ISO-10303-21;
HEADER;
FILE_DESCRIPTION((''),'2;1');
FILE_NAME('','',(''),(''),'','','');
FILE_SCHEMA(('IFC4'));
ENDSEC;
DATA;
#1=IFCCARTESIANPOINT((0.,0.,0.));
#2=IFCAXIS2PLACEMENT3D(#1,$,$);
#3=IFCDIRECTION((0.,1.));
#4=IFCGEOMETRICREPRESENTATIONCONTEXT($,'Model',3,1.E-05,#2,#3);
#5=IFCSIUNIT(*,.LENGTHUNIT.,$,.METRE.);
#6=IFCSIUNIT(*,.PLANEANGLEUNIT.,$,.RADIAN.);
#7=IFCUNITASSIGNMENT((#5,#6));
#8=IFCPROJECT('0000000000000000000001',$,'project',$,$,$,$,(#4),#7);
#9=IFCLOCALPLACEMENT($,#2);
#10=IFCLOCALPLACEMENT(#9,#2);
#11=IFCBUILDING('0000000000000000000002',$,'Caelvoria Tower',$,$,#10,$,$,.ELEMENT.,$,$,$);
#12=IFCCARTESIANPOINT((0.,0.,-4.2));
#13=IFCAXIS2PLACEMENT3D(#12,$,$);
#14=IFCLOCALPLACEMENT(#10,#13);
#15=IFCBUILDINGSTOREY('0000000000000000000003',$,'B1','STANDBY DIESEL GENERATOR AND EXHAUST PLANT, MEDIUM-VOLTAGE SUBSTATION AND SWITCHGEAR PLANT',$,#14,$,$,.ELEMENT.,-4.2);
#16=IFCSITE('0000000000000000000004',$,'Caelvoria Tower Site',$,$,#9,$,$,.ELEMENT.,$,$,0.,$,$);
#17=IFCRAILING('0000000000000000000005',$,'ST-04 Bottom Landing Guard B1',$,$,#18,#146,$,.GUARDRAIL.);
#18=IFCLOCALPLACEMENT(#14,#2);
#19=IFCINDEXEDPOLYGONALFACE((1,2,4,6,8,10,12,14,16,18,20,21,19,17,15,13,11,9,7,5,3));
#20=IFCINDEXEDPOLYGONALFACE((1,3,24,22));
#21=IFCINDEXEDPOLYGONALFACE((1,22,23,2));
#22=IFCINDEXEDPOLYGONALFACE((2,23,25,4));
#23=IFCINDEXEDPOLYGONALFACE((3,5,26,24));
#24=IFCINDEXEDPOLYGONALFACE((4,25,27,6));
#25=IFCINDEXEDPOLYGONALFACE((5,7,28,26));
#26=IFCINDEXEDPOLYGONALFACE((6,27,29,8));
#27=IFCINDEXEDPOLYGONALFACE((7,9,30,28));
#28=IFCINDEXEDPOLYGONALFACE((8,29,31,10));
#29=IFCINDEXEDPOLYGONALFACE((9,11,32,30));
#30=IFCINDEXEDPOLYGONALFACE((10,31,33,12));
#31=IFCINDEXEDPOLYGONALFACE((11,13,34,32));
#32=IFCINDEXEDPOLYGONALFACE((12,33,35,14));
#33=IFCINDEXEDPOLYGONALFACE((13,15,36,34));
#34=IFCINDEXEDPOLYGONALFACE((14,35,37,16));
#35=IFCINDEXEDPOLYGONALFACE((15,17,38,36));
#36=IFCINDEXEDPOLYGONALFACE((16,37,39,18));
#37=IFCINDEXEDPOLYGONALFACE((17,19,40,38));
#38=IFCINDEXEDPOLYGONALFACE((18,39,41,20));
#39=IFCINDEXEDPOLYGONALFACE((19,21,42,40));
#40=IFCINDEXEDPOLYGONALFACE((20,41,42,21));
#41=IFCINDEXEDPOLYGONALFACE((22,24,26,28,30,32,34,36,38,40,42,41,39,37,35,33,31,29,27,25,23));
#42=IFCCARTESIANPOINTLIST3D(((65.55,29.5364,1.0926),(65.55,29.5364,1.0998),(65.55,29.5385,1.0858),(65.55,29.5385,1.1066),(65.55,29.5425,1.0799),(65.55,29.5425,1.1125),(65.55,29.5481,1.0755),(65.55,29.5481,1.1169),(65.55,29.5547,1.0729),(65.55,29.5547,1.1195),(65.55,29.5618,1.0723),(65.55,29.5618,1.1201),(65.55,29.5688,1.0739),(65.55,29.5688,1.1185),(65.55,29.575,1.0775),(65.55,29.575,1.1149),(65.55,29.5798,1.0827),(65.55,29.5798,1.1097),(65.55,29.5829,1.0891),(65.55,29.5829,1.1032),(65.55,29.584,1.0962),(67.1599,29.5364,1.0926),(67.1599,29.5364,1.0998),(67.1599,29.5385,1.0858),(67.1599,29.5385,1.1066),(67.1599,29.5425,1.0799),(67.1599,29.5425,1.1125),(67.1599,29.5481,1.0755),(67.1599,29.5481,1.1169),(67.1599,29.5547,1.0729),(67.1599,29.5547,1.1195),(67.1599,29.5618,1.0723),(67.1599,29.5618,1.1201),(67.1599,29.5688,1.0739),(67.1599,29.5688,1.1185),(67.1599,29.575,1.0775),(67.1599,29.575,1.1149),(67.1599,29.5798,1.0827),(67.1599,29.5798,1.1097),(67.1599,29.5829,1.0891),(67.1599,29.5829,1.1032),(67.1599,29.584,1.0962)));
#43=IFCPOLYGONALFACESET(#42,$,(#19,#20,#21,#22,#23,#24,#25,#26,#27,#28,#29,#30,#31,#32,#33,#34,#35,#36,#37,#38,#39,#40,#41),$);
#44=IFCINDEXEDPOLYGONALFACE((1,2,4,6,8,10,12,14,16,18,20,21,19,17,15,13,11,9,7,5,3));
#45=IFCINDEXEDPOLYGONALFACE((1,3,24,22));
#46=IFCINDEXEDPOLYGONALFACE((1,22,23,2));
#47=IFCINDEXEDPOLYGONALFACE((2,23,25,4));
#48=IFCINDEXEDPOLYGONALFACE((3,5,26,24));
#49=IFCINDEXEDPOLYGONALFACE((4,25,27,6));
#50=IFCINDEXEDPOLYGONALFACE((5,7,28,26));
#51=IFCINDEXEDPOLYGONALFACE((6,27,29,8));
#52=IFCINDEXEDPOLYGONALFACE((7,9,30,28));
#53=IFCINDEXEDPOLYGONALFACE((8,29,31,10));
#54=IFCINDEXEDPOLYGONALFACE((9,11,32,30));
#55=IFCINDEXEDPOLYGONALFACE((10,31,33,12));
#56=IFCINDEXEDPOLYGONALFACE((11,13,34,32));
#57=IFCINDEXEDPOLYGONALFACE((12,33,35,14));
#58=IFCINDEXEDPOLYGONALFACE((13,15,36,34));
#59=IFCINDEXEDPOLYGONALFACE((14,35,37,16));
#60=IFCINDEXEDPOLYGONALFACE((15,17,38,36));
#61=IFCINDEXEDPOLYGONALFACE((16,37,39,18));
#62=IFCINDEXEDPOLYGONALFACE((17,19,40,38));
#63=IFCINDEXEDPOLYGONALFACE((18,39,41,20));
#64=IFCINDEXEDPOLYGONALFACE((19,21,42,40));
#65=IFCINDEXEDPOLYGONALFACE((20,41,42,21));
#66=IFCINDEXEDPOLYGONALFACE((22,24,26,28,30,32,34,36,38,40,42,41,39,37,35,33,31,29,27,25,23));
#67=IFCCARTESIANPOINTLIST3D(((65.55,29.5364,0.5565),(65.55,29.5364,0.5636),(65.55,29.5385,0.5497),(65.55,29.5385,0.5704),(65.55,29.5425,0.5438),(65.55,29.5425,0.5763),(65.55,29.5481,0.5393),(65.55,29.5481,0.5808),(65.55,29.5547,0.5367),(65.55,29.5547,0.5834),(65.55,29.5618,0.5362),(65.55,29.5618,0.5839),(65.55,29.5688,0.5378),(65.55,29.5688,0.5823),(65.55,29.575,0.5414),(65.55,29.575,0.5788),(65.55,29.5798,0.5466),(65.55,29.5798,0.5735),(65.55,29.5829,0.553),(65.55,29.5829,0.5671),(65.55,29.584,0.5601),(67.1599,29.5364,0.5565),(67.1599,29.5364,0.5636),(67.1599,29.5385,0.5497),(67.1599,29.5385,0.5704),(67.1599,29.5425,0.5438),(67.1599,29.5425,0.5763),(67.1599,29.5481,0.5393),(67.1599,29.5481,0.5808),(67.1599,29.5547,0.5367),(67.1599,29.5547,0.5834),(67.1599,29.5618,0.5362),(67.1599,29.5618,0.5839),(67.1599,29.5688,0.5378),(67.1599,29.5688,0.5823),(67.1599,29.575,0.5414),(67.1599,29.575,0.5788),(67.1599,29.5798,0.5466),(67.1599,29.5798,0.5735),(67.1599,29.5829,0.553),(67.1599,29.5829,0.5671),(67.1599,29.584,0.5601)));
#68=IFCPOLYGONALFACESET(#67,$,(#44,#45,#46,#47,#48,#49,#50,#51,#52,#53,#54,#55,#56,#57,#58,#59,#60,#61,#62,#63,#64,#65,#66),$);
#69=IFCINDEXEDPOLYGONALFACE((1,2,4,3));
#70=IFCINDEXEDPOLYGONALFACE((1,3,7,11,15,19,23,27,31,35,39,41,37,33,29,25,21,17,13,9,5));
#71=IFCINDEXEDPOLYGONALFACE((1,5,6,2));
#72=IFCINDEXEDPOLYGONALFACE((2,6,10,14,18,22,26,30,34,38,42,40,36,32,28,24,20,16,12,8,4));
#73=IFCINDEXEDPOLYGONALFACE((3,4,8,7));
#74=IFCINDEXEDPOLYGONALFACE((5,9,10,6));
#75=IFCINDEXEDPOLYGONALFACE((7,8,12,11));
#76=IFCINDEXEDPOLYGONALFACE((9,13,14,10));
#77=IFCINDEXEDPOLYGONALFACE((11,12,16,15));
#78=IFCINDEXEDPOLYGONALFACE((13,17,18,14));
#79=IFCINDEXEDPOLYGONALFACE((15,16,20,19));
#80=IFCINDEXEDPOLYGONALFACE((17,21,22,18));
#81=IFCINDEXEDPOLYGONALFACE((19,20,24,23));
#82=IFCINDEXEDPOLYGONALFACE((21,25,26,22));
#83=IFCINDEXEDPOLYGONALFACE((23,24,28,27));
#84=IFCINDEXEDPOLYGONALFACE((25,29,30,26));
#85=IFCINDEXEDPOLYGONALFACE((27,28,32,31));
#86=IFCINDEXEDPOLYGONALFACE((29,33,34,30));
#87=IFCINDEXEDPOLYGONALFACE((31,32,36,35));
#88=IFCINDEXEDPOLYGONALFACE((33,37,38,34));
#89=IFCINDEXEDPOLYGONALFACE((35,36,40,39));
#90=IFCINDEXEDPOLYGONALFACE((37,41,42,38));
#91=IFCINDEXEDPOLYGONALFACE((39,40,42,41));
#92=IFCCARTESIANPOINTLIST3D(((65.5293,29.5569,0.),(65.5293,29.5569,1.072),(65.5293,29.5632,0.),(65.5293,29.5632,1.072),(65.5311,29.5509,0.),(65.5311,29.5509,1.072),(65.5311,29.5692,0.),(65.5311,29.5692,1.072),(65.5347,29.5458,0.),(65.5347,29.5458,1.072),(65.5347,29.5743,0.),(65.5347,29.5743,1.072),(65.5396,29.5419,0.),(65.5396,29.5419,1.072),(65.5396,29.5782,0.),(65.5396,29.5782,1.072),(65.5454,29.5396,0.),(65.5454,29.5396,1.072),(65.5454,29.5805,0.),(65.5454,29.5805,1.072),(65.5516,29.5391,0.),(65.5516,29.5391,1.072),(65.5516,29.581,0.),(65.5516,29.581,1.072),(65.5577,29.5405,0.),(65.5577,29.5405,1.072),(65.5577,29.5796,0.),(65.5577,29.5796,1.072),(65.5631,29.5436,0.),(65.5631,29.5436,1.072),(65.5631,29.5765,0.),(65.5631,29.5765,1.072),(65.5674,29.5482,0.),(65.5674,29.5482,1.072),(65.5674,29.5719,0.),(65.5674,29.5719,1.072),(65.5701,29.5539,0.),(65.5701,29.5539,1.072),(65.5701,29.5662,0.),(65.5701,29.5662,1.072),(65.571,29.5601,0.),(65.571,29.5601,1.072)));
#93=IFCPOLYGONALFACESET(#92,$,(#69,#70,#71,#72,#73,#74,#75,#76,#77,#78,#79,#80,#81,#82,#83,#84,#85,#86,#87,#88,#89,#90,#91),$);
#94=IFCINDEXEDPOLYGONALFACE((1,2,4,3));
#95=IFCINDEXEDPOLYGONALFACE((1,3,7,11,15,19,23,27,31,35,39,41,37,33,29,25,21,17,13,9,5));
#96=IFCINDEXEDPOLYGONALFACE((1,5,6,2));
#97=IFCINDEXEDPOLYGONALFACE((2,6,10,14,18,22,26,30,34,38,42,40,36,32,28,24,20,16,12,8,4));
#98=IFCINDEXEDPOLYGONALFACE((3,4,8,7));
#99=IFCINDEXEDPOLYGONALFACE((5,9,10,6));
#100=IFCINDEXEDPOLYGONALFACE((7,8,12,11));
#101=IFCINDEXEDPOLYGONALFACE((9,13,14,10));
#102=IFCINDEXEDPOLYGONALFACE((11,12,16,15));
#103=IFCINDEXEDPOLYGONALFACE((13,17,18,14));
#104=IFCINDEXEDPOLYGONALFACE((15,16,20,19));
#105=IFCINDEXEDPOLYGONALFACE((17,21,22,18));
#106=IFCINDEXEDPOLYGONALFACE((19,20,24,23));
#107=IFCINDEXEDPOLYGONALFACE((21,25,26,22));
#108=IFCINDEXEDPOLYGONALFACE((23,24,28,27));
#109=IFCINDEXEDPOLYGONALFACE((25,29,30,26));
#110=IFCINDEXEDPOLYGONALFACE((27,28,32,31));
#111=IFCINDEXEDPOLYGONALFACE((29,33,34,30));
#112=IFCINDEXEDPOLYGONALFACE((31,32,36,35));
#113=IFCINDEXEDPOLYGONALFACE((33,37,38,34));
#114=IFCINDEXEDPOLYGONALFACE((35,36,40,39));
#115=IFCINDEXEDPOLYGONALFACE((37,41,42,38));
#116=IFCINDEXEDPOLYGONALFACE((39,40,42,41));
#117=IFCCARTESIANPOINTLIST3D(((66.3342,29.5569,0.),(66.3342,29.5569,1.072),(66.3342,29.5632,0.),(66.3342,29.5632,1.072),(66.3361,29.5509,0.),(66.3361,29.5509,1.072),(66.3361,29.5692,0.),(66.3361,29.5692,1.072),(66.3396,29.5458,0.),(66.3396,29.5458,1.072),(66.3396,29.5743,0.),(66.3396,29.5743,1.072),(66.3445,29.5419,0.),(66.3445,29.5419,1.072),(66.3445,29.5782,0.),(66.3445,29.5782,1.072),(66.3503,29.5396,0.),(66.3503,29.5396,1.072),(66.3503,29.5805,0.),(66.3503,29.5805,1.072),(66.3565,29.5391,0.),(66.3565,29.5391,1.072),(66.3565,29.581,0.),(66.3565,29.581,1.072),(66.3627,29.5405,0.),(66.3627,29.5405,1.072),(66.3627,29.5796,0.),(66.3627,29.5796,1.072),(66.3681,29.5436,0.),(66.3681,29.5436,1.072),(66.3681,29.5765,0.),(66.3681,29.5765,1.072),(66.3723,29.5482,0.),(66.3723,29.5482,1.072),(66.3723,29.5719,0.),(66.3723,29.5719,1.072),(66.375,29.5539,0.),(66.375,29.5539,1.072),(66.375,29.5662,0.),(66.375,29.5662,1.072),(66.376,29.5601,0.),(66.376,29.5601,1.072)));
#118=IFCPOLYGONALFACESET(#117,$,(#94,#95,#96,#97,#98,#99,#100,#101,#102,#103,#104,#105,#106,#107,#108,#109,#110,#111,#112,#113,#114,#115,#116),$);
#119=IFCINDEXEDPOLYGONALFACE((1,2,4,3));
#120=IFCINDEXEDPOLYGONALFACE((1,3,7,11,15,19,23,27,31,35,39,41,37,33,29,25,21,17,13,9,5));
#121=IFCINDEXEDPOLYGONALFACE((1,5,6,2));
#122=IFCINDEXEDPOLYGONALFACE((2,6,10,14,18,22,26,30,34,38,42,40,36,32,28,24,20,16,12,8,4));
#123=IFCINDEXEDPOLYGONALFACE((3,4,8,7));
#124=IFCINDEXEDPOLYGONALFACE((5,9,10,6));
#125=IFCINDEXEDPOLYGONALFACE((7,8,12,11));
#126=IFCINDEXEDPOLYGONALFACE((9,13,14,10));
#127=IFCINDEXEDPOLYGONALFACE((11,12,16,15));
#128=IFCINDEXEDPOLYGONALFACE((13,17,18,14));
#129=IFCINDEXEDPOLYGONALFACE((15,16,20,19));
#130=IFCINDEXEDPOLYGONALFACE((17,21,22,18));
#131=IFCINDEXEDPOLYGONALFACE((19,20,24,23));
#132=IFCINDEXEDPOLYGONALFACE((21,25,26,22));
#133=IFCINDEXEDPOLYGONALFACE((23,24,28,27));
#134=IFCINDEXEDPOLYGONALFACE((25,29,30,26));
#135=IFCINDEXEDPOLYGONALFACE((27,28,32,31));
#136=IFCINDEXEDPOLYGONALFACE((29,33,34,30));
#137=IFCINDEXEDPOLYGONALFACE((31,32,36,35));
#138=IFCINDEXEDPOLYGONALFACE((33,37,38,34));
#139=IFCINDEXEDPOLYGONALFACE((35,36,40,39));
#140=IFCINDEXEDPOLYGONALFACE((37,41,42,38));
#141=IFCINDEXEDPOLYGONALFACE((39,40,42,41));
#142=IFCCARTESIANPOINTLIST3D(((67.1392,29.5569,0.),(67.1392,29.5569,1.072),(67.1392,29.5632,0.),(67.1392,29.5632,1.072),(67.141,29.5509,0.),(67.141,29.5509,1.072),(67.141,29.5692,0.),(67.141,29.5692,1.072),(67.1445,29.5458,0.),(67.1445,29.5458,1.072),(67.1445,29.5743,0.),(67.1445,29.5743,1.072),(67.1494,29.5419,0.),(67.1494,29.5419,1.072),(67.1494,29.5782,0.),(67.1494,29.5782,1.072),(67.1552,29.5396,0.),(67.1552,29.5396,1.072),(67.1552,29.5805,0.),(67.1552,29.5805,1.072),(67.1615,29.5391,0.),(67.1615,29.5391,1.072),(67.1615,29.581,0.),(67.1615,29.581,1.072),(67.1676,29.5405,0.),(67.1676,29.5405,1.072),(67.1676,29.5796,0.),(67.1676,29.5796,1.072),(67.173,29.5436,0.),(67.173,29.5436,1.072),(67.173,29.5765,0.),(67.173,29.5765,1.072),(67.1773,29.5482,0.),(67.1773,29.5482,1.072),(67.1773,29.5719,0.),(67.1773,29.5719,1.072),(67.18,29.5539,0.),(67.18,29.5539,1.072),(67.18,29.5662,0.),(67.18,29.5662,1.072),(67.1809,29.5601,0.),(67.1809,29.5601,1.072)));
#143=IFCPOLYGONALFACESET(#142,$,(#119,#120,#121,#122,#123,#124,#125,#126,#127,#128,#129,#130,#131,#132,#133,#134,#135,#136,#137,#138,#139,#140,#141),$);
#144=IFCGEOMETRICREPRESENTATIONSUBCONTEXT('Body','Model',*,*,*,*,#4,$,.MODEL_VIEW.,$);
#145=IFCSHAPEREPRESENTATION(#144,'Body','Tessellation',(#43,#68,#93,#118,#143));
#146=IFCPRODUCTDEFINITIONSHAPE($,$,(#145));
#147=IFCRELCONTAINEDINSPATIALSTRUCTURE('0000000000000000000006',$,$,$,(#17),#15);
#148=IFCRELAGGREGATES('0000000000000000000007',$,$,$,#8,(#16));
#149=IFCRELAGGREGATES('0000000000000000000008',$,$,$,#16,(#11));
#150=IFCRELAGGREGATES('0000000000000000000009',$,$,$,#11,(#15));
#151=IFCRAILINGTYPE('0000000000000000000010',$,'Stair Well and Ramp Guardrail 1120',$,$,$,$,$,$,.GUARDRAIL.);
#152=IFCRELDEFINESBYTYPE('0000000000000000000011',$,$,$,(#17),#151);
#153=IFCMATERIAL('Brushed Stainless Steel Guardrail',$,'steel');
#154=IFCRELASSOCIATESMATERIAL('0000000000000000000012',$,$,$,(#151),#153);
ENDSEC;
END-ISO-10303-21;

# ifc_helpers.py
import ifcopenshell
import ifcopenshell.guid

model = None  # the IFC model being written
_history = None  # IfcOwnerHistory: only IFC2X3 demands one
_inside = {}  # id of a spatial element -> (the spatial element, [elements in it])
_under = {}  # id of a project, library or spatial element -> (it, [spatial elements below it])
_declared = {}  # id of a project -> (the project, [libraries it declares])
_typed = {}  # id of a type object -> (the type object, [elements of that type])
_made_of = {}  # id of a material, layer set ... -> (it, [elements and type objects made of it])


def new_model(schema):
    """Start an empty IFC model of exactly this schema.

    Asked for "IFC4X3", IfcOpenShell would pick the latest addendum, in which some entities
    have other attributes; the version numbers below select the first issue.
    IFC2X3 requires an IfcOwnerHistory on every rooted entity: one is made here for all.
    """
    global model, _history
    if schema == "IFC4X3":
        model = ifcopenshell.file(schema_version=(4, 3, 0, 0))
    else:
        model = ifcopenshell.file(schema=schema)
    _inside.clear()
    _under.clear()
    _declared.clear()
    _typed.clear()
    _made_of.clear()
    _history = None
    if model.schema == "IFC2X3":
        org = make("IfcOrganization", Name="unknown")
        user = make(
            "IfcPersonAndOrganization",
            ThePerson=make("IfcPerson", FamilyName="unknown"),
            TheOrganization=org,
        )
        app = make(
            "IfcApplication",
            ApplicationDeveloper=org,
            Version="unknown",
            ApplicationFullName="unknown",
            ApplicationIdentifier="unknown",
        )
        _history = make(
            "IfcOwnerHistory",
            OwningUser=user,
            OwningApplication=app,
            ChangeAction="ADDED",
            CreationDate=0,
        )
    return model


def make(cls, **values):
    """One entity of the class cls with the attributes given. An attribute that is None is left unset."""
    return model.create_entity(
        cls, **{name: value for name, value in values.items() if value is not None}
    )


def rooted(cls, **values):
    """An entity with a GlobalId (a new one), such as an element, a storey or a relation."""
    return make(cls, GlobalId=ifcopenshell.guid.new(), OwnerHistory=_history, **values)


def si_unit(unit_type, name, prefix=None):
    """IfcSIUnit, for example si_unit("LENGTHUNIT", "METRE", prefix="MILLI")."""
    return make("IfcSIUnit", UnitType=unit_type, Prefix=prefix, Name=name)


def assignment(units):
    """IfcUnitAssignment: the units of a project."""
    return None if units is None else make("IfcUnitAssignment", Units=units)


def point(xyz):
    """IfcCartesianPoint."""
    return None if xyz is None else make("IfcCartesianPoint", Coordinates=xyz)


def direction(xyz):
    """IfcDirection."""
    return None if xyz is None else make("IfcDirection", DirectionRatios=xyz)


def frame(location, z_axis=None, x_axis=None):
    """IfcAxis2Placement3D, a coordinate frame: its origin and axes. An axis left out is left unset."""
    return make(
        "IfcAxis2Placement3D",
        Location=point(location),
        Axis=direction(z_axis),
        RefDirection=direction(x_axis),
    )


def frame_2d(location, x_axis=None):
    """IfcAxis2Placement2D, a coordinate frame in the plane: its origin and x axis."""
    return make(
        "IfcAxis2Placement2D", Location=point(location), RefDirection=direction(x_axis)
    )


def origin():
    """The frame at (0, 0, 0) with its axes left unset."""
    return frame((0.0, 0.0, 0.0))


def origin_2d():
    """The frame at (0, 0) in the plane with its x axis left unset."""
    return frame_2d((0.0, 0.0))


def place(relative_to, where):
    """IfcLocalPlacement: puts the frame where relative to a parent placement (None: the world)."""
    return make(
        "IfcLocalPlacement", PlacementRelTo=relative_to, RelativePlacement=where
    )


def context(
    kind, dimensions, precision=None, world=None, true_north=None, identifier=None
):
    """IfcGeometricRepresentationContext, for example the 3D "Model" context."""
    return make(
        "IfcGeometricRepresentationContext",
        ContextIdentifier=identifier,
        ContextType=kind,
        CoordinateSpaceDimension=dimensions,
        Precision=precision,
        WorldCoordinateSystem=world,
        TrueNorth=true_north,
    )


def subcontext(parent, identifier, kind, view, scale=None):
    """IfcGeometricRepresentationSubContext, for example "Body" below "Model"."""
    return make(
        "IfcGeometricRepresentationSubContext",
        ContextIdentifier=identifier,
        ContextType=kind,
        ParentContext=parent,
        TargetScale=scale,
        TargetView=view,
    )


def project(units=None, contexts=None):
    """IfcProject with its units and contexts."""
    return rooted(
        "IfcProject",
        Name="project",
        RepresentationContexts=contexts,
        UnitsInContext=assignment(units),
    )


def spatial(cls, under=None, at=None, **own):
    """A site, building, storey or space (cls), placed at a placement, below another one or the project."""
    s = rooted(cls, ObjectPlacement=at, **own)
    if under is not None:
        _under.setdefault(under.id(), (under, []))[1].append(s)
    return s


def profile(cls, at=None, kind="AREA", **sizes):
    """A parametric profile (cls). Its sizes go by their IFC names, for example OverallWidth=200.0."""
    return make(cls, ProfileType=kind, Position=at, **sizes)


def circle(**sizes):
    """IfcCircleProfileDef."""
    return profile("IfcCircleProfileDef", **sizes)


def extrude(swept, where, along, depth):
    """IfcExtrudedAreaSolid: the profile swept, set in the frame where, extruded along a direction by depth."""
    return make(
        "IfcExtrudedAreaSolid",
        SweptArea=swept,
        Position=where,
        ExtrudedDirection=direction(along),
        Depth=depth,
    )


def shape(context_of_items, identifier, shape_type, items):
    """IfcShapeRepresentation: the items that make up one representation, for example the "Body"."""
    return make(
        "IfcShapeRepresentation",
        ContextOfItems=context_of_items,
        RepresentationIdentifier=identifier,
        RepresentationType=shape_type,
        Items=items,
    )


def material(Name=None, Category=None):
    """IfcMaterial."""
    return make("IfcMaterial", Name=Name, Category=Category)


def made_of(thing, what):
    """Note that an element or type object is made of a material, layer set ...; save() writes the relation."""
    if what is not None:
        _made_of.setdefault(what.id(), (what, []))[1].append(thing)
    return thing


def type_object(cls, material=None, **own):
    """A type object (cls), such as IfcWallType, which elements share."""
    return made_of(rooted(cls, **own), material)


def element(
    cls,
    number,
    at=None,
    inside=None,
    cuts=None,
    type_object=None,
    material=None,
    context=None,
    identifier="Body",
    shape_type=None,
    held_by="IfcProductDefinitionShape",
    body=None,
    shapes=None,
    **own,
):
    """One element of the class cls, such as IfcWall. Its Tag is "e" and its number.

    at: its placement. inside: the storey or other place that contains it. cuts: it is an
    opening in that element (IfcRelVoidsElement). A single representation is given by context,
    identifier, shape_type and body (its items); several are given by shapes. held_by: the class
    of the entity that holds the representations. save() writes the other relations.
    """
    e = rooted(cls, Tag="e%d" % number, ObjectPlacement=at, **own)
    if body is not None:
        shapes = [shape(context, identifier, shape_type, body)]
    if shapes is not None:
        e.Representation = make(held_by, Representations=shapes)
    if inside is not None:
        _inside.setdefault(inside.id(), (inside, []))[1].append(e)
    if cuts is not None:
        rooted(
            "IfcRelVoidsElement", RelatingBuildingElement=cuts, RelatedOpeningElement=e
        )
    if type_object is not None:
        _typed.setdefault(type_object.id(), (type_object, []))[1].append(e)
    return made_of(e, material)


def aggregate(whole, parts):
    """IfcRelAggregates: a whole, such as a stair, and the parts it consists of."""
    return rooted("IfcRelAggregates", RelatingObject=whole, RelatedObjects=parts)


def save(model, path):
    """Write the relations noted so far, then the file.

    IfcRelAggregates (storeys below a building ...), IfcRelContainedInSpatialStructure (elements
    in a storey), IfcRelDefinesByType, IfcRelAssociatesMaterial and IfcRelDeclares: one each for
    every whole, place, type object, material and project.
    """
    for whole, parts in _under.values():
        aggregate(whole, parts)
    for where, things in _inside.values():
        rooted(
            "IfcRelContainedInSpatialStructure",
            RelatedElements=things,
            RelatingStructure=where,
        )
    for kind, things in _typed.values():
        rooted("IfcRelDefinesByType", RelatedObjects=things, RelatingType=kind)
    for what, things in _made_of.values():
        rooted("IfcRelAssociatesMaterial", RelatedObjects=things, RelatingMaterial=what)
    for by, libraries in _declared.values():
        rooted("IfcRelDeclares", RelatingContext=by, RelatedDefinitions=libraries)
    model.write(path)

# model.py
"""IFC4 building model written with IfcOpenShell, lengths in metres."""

from ifc_helpers import new_model, si_unit, direction, frame, origin, origin_2d, place, context, subcontext, project, spatial, circle, extrude, material, type_object, element, save


model = new_model("IFC4")

# Units and contexts
model_context = context("Model", 3, precision=1e-05, world=origin(), true_north=direction((0.0, 1.0)))
body_context = subcontext(model_context, "Body", "Model", "MODEL_VIEW")
ifc_project = project(units=[si_unit("LENGTHUNIT", "METRE"), si_unit("PLANEANGLEUNIT", "RADIAN")], contexts=[model_context])

# Site, building, storey
site_placement = place(None, origin())
site = spatial("IfcSite", under=ifc_project, at=site_placement, Name="Caelvoria Tower Site", CompositionType="ELEMENT", RefElevation=0.0)
building_placement = place(site_placement, origin())
building = spatial("IfcBuilding", under=site, at=building_placement, Name="Caelvoria Tower", CompositionType="ELEMENT")
storey_placement = place(building_placement, frame((0.0, 0.0, -4.2)))
storey = spatial("IfcBuildingStorey", under=building, at=storey_placement, Name="B1", Description="STANDBY DIESEL GENERATOR AND EXHAUST PLANT, MEDIUM-VOLTAGE SUBSTATION AND SWITCHGEAR PLANT", CompositionType="ELEMENT", Elevation=-4.2)

# Railing
ifc_material_1 = material(Name="Brushed Stainless Steel Guardrail", Category="steel")
railing_type_1 = type_object("IfcRailingType", Name="Stair Well and Ramp Guardrail 1120", PredefinedType="GUARDRAIL", material=ifc_material_1)
railing_1_placement = place(storey_placement, frame((65.55, 29.5601, 0.0)))
element("IfcRailing", 1, at=railing_1_placement, inside=storey, type_object=railing_type_1, Name="ST-04 Bottom Landing Guard B1", PredefinedType="GUARDRAIL", context=body_context, shape_type="SweptSolid", body=[
    extrude(circle(Radius=0.0239, at=origin_2d()), frame((0.0, 0.0, 1.0962), z_axis=(1.0, 0.0, 0.0), x_axis=(0.0, 1.0, 0.0)), (0.0, 0.0, 1.0), 1.6099),
    extrude(circle(Radius=0.0239, at=origin_2d()), frame((0.0, 0.0, 0.5601), z_axis=(1.0, 0.0, 0.0), x_axis=(0.0, 1.0, 0.0)), (0.0, 0.0, 1.0), 1.6099),
    extrude(circle(Radius=0.021, at=origin_2d()), origin(), (0.0, 0.0, 1.0), 1.072),
    extrude(circle(Radius=0.021, at=origin_2d()), frame((0.8049, 0.0, 0.0)), (0.0, 0.0, 1.0), 1.072),
    extrude(circle(Radius=0.021, at=origin_2d()), frame((1.6099, 0.0, 0.0)), (0.0, 0.0, 1.0), 1.072),
])

save(model, "model.ifc")
